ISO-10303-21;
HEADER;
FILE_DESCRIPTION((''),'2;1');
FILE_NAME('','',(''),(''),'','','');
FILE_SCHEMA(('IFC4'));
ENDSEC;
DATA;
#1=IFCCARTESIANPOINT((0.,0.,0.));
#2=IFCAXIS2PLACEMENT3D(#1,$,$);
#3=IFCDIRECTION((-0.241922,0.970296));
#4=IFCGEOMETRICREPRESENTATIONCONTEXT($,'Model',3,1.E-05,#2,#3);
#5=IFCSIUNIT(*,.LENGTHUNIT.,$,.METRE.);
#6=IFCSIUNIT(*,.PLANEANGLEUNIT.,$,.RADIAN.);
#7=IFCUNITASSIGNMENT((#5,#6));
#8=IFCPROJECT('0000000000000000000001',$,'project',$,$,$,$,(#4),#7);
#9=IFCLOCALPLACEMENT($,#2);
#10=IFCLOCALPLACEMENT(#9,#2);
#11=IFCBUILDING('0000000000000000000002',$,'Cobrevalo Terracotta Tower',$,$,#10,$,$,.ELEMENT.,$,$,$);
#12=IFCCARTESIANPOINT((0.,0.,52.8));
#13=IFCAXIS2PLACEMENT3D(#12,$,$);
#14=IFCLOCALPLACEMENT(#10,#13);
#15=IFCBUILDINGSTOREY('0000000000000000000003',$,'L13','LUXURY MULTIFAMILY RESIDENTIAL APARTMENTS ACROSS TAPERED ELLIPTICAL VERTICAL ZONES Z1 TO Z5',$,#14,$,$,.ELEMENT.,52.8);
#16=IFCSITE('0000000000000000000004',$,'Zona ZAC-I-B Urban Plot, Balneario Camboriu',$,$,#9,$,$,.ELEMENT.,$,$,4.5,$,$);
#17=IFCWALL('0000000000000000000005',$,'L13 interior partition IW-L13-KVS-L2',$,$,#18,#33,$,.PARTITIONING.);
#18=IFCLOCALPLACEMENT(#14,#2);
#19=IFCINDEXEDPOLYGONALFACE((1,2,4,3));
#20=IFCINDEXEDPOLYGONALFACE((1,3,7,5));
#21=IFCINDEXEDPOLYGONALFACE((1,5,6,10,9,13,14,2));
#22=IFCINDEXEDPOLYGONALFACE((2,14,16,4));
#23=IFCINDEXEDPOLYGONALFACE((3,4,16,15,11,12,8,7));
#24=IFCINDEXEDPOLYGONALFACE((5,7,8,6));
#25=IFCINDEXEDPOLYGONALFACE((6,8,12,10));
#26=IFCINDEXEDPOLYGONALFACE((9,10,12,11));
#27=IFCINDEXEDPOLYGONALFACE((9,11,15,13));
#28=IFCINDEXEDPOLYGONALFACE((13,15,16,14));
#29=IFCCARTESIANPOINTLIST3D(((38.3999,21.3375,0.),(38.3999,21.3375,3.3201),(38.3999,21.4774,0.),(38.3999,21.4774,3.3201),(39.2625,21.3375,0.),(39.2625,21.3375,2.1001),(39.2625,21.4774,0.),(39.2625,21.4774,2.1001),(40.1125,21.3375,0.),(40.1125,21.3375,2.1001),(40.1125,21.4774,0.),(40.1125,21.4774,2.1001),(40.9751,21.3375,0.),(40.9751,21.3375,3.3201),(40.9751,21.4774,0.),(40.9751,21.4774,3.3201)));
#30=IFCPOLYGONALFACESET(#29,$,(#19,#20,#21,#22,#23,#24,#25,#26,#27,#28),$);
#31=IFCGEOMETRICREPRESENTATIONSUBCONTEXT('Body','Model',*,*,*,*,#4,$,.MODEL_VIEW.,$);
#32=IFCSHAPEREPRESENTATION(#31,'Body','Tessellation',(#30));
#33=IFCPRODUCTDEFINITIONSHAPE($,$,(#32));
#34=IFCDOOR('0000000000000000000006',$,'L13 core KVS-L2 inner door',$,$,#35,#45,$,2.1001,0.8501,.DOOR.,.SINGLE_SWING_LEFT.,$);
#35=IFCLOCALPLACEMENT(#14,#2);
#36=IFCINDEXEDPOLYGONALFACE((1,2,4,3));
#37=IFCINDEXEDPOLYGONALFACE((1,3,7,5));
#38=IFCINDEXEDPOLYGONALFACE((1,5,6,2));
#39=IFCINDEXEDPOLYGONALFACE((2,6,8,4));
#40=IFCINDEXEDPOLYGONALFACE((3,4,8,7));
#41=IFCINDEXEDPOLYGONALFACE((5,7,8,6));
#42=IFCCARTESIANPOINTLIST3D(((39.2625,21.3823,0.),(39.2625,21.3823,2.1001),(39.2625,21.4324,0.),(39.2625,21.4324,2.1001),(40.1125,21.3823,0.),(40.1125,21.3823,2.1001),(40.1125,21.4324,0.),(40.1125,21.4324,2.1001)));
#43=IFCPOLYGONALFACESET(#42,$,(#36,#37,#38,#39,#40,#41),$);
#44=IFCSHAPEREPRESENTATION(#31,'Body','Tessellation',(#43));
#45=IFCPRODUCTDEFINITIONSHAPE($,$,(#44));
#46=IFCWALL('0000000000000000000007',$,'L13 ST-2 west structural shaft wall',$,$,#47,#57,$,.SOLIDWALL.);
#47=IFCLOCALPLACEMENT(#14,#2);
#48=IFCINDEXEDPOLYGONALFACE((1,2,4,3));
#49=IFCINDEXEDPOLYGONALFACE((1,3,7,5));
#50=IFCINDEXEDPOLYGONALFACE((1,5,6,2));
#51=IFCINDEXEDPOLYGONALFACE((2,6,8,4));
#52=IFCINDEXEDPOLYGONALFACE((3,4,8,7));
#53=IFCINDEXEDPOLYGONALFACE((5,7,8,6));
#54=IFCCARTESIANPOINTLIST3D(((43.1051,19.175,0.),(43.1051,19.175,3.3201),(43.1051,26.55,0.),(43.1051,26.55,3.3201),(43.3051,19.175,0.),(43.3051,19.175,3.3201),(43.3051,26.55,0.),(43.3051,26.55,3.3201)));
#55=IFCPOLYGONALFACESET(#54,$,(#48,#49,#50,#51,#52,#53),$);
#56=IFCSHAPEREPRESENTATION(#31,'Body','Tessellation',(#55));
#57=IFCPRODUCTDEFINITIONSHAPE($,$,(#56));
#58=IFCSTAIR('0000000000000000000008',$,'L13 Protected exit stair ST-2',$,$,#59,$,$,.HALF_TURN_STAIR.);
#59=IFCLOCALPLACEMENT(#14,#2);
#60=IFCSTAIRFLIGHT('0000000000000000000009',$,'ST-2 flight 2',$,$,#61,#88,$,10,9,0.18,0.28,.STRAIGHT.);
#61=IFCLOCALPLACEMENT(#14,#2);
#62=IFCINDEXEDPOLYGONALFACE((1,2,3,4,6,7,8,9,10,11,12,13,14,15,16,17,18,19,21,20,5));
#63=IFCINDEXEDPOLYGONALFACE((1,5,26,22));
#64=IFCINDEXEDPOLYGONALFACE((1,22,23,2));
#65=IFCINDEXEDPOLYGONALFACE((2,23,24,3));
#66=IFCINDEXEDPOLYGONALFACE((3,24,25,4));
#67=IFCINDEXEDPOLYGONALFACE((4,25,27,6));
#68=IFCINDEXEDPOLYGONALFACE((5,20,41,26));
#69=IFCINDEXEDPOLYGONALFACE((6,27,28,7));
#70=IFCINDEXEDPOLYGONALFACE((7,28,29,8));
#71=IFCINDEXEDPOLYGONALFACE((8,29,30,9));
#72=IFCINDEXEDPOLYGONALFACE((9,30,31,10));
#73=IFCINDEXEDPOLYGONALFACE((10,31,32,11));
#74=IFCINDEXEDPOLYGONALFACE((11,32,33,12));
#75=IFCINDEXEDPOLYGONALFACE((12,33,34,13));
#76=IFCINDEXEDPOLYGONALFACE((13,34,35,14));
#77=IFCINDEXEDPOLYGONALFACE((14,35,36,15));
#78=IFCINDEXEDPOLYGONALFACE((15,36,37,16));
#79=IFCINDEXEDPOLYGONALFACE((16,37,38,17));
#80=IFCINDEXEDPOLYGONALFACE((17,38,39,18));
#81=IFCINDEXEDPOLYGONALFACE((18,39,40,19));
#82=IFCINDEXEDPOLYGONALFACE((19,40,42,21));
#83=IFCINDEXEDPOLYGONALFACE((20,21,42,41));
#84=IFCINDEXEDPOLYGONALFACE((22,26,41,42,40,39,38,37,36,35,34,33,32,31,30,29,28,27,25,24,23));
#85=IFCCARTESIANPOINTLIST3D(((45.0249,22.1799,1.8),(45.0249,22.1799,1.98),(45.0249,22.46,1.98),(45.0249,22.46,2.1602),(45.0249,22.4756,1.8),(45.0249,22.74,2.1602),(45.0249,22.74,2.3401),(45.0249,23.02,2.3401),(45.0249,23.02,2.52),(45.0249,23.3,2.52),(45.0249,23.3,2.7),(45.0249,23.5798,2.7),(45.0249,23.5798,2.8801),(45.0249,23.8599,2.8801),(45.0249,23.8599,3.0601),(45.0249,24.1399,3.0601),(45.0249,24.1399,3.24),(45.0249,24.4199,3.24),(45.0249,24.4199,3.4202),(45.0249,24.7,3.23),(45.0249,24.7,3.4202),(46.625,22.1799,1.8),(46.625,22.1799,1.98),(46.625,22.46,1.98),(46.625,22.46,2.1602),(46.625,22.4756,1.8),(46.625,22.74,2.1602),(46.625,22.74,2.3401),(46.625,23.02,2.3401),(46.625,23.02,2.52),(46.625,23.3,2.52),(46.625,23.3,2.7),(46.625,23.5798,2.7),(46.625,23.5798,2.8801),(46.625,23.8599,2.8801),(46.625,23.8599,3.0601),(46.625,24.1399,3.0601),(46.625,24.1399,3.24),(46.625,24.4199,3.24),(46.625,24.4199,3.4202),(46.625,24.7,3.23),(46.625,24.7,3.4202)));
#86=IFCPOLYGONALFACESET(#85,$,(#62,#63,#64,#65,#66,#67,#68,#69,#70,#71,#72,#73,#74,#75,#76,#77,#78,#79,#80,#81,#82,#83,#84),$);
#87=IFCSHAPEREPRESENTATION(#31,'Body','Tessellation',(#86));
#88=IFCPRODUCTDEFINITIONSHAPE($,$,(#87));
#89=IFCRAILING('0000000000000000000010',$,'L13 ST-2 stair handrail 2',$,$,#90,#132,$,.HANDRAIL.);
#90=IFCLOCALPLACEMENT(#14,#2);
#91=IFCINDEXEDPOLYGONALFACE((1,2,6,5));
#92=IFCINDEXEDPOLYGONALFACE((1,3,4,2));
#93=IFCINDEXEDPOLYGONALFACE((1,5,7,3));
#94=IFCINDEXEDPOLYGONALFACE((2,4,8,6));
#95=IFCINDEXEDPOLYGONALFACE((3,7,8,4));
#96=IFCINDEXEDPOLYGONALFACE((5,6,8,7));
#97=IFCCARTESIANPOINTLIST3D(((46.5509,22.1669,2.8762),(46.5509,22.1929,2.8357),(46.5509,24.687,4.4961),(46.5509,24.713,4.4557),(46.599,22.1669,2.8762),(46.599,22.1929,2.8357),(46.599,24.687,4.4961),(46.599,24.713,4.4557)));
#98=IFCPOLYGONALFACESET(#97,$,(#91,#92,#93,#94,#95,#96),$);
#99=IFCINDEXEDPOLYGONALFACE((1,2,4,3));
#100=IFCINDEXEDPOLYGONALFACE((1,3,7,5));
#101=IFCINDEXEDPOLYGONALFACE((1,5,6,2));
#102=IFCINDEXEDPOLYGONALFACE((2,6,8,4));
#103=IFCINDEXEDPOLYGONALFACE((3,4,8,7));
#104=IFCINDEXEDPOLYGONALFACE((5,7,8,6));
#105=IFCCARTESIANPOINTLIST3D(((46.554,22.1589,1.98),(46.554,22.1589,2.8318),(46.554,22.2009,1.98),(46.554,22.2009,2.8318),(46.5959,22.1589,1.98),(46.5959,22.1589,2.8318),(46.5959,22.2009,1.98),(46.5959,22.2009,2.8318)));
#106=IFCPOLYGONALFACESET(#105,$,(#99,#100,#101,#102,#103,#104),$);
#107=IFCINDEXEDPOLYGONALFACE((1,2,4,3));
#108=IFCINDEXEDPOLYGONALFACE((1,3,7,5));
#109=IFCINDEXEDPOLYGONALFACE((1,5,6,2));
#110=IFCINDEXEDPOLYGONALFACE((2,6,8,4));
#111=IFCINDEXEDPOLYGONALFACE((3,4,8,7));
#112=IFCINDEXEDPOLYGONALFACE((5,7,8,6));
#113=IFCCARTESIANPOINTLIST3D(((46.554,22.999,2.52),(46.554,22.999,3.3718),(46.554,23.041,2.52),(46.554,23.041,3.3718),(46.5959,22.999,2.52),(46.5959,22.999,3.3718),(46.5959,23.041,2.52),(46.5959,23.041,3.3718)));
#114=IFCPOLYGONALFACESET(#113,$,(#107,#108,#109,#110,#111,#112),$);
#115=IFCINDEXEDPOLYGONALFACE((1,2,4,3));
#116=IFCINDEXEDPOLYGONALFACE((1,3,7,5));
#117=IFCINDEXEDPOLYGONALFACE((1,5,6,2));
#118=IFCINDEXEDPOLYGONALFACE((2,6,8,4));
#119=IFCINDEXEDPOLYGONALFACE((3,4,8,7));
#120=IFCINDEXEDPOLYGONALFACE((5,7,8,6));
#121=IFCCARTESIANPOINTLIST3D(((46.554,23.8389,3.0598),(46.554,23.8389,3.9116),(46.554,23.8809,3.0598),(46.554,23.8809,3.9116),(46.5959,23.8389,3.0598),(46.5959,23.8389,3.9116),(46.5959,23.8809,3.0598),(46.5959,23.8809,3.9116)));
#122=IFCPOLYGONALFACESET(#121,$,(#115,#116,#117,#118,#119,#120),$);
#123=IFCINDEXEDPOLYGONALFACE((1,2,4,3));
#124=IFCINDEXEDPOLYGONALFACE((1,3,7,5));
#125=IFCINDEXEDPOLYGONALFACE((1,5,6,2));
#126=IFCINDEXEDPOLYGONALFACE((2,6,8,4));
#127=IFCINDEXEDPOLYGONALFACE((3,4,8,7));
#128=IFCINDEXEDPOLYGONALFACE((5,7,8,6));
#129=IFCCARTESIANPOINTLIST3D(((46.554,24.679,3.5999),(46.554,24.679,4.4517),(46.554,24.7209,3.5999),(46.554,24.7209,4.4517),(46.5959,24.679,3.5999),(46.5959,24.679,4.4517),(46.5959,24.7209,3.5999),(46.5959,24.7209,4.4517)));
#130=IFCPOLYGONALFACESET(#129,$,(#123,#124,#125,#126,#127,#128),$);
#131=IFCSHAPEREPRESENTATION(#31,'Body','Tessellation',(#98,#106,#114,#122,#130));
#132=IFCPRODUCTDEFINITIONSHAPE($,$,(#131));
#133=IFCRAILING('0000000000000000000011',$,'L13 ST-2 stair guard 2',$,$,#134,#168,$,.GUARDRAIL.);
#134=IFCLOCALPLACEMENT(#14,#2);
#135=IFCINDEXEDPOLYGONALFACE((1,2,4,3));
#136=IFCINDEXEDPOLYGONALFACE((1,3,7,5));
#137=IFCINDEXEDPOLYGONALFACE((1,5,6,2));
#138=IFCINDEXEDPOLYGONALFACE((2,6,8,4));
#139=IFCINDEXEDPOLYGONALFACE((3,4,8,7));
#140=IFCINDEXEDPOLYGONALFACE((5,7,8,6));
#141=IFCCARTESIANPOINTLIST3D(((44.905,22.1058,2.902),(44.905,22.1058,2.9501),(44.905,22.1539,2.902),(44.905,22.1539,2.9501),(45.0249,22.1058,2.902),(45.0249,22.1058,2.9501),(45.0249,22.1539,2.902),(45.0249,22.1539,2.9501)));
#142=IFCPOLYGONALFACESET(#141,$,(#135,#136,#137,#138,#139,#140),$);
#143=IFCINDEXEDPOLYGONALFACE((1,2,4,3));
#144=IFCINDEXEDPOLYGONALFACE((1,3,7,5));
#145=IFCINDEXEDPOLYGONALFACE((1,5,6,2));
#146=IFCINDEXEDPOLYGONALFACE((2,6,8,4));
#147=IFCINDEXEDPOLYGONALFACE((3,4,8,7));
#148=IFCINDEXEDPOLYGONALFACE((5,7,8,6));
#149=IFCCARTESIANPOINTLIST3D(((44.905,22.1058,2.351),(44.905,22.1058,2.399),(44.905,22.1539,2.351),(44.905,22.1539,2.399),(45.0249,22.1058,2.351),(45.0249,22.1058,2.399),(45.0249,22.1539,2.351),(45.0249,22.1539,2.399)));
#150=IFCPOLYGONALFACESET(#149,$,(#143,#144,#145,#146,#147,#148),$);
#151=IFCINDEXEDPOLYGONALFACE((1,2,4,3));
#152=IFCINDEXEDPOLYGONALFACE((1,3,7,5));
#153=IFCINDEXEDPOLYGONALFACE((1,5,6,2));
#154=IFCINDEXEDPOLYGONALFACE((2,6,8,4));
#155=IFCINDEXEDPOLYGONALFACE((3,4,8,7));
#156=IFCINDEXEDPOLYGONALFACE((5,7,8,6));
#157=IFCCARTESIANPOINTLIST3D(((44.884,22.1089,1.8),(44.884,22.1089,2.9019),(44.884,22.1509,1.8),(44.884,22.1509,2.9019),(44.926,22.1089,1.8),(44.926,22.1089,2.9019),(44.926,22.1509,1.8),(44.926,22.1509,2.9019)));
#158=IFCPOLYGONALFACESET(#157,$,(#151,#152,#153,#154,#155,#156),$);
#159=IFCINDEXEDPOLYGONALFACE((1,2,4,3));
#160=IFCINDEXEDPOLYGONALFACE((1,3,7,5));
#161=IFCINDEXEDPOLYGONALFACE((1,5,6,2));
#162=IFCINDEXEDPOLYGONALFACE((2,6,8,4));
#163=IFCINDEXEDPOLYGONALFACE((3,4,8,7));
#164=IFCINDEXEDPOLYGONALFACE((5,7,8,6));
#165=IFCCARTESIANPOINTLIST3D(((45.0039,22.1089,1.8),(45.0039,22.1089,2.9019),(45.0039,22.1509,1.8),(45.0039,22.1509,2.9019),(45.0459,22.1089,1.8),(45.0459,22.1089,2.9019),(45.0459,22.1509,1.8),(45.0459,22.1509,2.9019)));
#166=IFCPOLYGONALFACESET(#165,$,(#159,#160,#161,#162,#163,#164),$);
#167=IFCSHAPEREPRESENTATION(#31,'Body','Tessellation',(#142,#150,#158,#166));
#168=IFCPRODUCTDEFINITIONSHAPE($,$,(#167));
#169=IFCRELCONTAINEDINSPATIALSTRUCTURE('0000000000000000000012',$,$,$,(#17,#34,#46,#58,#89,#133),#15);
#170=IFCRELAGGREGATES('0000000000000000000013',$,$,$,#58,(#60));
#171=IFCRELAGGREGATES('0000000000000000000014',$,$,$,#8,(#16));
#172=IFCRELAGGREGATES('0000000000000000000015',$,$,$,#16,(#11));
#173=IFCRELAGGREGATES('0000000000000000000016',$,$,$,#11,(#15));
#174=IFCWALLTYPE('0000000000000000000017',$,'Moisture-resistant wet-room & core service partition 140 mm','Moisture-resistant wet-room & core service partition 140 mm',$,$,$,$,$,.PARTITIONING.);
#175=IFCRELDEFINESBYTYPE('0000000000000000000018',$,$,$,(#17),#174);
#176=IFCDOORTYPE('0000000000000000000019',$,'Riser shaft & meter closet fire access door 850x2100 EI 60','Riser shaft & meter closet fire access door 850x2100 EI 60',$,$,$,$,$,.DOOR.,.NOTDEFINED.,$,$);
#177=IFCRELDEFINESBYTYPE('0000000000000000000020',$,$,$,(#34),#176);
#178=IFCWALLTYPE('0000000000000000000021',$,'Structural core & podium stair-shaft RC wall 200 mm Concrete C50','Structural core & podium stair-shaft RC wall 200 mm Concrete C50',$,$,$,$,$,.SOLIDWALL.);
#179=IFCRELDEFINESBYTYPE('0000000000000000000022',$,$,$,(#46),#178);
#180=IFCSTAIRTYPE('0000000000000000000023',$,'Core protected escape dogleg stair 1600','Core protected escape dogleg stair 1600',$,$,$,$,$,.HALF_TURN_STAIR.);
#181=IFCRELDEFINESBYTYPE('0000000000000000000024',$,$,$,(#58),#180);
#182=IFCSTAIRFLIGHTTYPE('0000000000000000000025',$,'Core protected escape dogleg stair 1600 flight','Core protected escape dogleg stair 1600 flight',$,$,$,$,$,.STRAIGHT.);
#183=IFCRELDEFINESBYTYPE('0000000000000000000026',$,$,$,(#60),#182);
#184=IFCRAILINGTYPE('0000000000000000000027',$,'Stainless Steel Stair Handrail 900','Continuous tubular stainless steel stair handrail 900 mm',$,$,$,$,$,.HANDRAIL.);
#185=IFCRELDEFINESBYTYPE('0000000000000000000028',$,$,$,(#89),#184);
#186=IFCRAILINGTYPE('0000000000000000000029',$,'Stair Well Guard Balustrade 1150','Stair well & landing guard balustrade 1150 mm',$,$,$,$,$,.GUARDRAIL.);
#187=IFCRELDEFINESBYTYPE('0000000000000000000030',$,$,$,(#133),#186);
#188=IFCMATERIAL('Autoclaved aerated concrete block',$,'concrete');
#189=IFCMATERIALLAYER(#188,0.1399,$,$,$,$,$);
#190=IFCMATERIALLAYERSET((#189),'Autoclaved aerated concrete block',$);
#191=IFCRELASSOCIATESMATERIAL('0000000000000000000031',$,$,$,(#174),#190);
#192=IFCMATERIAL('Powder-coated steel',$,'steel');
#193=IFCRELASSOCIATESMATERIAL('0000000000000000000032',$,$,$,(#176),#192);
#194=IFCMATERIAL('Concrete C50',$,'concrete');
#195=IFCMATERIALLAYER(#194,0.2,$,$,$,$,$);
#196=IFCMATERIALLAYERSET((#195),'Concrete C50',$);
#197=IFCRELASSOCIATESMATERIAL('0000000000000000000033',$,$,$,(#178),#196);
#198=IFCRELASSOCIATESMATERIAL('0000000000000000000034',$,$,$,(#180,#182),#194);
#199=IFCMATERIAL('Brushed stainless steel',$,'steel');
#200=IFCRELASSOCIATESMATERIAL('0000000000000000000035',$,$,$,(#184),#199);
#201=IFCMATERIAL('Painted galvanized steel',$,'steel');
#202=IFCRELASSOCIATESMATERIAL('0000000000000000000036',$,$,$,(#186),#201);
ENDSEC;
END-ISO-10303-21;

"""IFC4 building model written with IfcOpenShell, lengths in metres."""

from ifc_helpers import new_model, si_unit, direction, frame, frame_2d, origin, origin_2d, place, context, subcontext, project, spatial, polyline, rectangle, outline, extrude, source, transform, mapped, material, layer, layer_set, type_object, element, fill, aggregate, save


model = new_model("IFC4")

# Units and contexts
model_context = context("Model", 3, precision=1e-05, world=origin(), true_north=direction((-0.241922, 0.970296)))
body_context = subcontext(model_context, "Body", "Model", "MODEL_VIEW")
ifc_project = project(units=[si_unit("LENGTHUNIT", "METRE"), si_unit("PLANEANGLEUNIT", "RADIAN")], contexts=[model_context])

# Site, building, storey
site_placement = place(None, origin())
site = spatial("IfcSite", under=ifc_project, at=site_placement, Name="Zona ZAC-I-B Urban Plot, Balneario Camboriu", CompositionType="ELEMENT", RefElevation=4.5)
building_placement = place(site_placement, origin())
building = spatial("IfcBuilding", under=site, at=building_placement, Name="Cobrevalo Terracotta Tower", CompositionType="ELEMENT")
storey_placement = place(building_placement, frame((0.0, 0.0, 52.8)))
storey = spatial("IfcBuildingStorey", under=building, at=storey_placement, Name="L13", Description="LUXURY MULTIFAMILY RESIDENTIAL APARTMENTS ACROSS TAPERED ELLIPTICAL VERTICAL ZONES Z1 TO Z5", CompositionType="ELEMENT", Elevation=52.8)

# Shared definitions
ifc_material_1 = material(Name="Autoclaved aerated concrete block", Category="concrete")

# Shared definitions
ifc_layer_1 = layer(ifc_material_1, 0.1399)
ifc_layer_set_1 = layer_set([ifc_layer_1], Name="Autoclaved aerated concrete block")
wall_type_1 = type_object("IfcWallType", Name="Moisture-resistant wet-room & core service partition 140 mm", Description="Moisture-resistant wet-room & core service partition 140 mm", PredefinedType="PARTITIONING", material=ifc_layer_set_1)

# Wall, opening, door
wall_1_placement = place(storey_placement, frame((38.3999, 21.4075, 0.0), z_axis=(0.0, 0.0, 1.0), x_axis=(1.0, 0.0, 0.0)))
wall_1 = element("IfcWall", 1, at=wall_1_placement, inside=storey, type_object=wall_type_1, Name="L13 interior partition IW-L13-KVS-L2", PredefinedType="PARTITIONING", context=body_context, shape_type="SweptSolid", body=[
    extrude(rectangle(XDim=2.5752, YDim=0.1399, at=frame_2d((1.2876, 0.0))), origin(), (0.0, 0.0, 1.0), 3.3201),
])
opening_1_placement = place(wall_1_placement, frame((0.8625, 0.0, 0.0)))
opening_1 = element("IfcOpeningElement", 2, at=opening_1_placement, cuts=wall_1, PredefinedType="OPENING", context=body_context, shape_type="SweptSolid", body=[
    extrude(rectangle(XDim=0.8501, YDim=2.1001, at=frame_2d((0.425, 1.05))), frame((0.0, 0.0801, 0.0), z_axis=(0.0, -1.0, 0.0), x_axis=(1.0, 0.0, 0.0)), (0.0, 0.0, 1.0), 0.1599),
])
ifc_material_2 = material(Name="Powder-coated steel", Category="steel")
door_type_1 = type_object("IfcDoorType", Name="Riser shaft & meter closet fire access door 850x2100 EI 60", Description="Riser shaft & meter closet fire access door 850x2100 EI 60", OperationType="NOTDEFINED", PredefinedType="DOOR", material=ifc_material_2)
shared_shape_1 = source(origin(), body_context, "Body", "SweptSolid", [
    extrude(rectangle(XDim=0.8501, YDim=2.1001, at=frame_2d((0.425, 1.05))), frame((0.0, 0.0249, 0.0), z_axis=(0.0, -1.0, 0.0), x_axis=(1.0, 0.0, 0.0)), (0.0, 0.0, 1.0), 0.05),
])
door_1_placement = place(opening_1_placement, origin())
door_1 = element("IfcDoor", 3, at=door_1_placement, inside=storey, type_object=door_type_1, Name="L13 core KVS-L2 inner door", OperationType="SINGLE_SWING_LEFT", OverallHeight=2.1001, OverallWidth=0.8501, PredefinedType="DOOR", context=body_context, shape_type="MappedRepresentation", body=[
    mapped(shared_shape_1, transform((0.0, 0.0, 0.0), scale=1.0)),
])
fill(opening_1, door_1)

# Wall
ifc_material_3 = material(Name="Concrete C50", Category="concrete")
ifc_layer_2 = layer(ifc_material_3, 0.2)
ifc_layer_set_2 = layer_set([ifc_layer_2], Name="Concrete C50")
wall_type_2 = type_object("IfcWallType", Name="Structural core & podium stair-shaft RC wall 200 mm Concrete C50", Description="Structural core & podium stair-shaft RC wall 200 mm Concrete C50", PredefinedType="SOLIDWALL", material=ifc_layer_set_2)
wall_2_placement = place(storey_placement, frame((43.2051, 19.175, 0.0), z_axis=(0.0, 0.0, 1.0), x_axis=(0.0, 1.0, 0.0)))
element("IfcWall", 4, at=wall_2_placement, inside=storey, type_object=wall_type_2, Name="L13 ST-2 west structural shaft wall", PredefinedType="SOLIDWALL", context=body_context, shape_type="SweptSolid", body=[
    extrude(rectangle(XDim=7.375, YDim=0.2, at=frame_2d((3.6875, 0.0))), origin(), (0.0, 0.0, 1.0), 3.3201),
])

# Stair, stair flight
stair_type = type_object("IfcStairType", Name="Core protected escape dogleg stair 1600", Description="Core protected escape dogleg stair 1600", PredefinedType="HALF_TURN_STAIR", material=ifc_material_3)
stair_placement = place(storey_placement, origin())
stair = element("IfcStair", 5, at=stair_placement, inside=storey, type_object=stair_type, Name="L13 Protected exit stair ST-2", PredefinedType="HALF_TURN_STAIR")
stair_flight_type = type_object("IfcStairFlightType", Name="Core protected escape dogleg stair 1600 flight", Description="Core protected escape dogleg stair 1600 flight", PredefinedType="STRAIGHT", material=ifc_material_3)
stair_flight_placement = place(storey_placement, frame((45.825, 22.1799, 1.8), z_axis=(0.0, 0.0, 1.0), x_axis=(0.0, 1.0, 0.0)))
stair_flight = element("IfcStairFlight", 6, at=stair_flight_placement, type_object=stair_flight_type, Name="ST-2 flight 2", NumberOfRisers=10, NumberOfTreads=9, PredefinedType="STRAIGHT", RiserHeight=0.18, TreadLength=0.28, context=body_context, shape_type="SweptSolid", body=[
    extrude(outline(polyline([(0.0, 0.0), (0.0, 0.1799), (0.28, 0.1799), (0.28, 0.3601), (0.5601, 0.3601), (0.5601, 0.54), (0.8401, 0.54), (0.8401, 0.72), (1.1201, 0.72), (1.1201, 0.8999), (1.3999, 0.8999), (1.3999, 1.0801), (1.6799, 1.0801), (1.6799, 1.26), (1.96, 1.26), (1.96, 1.4399), (2.24, 1.4399), (2.24, 1.6201), (2.52, 1.6201), (2.52, 1.8), (2.52, 1.4299), (0.2957, 0.0), (0.0, 0.0)])), frame((0.0, 0.8, 0.0), z_axis=(0.0, -1.0, 0.0), x_axis=(1.0, 0.0, 0.0)), (0.0, 0.0, 1.0), 1.6001),
])
aggregate(stair, [stair_flight])

# Railings
ifc_material_4 = material(Name="Brushed stainless steel", Category="steel")
railing_type_1 = type_object("IfcRailingType", Name="Stainless Steel Stair Handrail 900", Description="Continuous tubular stainless steel stair handrail 900 mm", PredefinedType="HANDRAIL", material=ifc_material_4)
railing_1_placement = place(storey_placement, frame((46.575, 22.1799, 1.98)))
element("IfcRailing", 7, at=railing_1_placement, inside=storey, type_object=railing_type_1, Name="L13 ST-2 stair handrail 2", PredefinedType="HANDRAIL", context=body_context, shape_type="SweptSolid", body=[
    extrude(rectangle(XDim=0.0481, YDim=0.0481, at=origin_2d()), frame((0.0, 0.0, 0.876), z_axis=(0.0, 0.8412, 0.540725), x_axis=(-1.0, 0.0, 0.0)), (0.0, 0.0, 1.0), 2.9958),
    extrude(rectangle(XDim=0.042, YDim=0.042, at=origin_2d()), origin(), (0.0, 0.0, 1.0), 0.8518),
    extrude(rectangle(XDim=0.042, YDim=0.042, at=origin_2d()), frame((0.0, 0.8401, 0.54)), (0.0, 0.0, 1.0), 0.8518),
    extrude(rectangle(XDim=0.042, YDim=0.042, at=origin_2d()), frame((0.0, 1.6799, 1.0798)), (0.0, 0.0, 1.0), 0.8518),
    extrude(rectangle(XDim=0.042, YDim=0.042, at=origin_2d()), frame((0.0, 2.52, 1.6199)), (0.0, 0.0, 1.0), 0.8518),
])
ifc_material_5 = material(Name="Painted galvanized steel", Category="steel")
railing_type_2 = type_object("IfcRailingType", Name="Stair Well Guard Balustrade 1150", Description="Stair well & landing guard balustrade 1150 mm", PredefinedType="GUARDRAIL", material=ifc_material_5)
railing_2_placement = place(storey_placement, frame((44.905, 22.1299, 1.8)))
element("IfcRailing", 8, at=railing_2_placement, inside=storey, type_object=railing_type_2, Name="L13 ST-2 stair guard 2", PredefinedType="GUARDRAIL", context=body_context, shape_type="SweptSolid", body=[
    extrude(rectangle(XDim=0.0481, YDim=0.0481, at=origin_2d()), frame((0.0, 0.0, 1.126), z_axis=(1.0, 0.0, 0.0), x_axis=(0.0, 1.0, 0.0)), (0.0, 0.0, 1.0), 0.1199),
    extrude(rectangle(XDim=0.0481, YDim=0.0481, at=origin_2d()), frame((0.0, 0.0, 0.575), z_axis=(1.0, 0.0, 0.0), x_axis=(0.0, 1.0, 0.0)), (0.0, 0.0, 1.0), 0.1199),
    extrude(rectangle(XDim=0.042, YDim=0.042, at=origin_2d()), origin(), (0.0, 0.0, 1.0), 1.1018),
    extrude(rectangle(XDim=0.042, YDim=0.042, at=origin_2d()), frame((0.1199, 0.0, 0.0)), (0.0, 0.0, 1.0), 1.1018),
])

save(model, "model.ifc")
